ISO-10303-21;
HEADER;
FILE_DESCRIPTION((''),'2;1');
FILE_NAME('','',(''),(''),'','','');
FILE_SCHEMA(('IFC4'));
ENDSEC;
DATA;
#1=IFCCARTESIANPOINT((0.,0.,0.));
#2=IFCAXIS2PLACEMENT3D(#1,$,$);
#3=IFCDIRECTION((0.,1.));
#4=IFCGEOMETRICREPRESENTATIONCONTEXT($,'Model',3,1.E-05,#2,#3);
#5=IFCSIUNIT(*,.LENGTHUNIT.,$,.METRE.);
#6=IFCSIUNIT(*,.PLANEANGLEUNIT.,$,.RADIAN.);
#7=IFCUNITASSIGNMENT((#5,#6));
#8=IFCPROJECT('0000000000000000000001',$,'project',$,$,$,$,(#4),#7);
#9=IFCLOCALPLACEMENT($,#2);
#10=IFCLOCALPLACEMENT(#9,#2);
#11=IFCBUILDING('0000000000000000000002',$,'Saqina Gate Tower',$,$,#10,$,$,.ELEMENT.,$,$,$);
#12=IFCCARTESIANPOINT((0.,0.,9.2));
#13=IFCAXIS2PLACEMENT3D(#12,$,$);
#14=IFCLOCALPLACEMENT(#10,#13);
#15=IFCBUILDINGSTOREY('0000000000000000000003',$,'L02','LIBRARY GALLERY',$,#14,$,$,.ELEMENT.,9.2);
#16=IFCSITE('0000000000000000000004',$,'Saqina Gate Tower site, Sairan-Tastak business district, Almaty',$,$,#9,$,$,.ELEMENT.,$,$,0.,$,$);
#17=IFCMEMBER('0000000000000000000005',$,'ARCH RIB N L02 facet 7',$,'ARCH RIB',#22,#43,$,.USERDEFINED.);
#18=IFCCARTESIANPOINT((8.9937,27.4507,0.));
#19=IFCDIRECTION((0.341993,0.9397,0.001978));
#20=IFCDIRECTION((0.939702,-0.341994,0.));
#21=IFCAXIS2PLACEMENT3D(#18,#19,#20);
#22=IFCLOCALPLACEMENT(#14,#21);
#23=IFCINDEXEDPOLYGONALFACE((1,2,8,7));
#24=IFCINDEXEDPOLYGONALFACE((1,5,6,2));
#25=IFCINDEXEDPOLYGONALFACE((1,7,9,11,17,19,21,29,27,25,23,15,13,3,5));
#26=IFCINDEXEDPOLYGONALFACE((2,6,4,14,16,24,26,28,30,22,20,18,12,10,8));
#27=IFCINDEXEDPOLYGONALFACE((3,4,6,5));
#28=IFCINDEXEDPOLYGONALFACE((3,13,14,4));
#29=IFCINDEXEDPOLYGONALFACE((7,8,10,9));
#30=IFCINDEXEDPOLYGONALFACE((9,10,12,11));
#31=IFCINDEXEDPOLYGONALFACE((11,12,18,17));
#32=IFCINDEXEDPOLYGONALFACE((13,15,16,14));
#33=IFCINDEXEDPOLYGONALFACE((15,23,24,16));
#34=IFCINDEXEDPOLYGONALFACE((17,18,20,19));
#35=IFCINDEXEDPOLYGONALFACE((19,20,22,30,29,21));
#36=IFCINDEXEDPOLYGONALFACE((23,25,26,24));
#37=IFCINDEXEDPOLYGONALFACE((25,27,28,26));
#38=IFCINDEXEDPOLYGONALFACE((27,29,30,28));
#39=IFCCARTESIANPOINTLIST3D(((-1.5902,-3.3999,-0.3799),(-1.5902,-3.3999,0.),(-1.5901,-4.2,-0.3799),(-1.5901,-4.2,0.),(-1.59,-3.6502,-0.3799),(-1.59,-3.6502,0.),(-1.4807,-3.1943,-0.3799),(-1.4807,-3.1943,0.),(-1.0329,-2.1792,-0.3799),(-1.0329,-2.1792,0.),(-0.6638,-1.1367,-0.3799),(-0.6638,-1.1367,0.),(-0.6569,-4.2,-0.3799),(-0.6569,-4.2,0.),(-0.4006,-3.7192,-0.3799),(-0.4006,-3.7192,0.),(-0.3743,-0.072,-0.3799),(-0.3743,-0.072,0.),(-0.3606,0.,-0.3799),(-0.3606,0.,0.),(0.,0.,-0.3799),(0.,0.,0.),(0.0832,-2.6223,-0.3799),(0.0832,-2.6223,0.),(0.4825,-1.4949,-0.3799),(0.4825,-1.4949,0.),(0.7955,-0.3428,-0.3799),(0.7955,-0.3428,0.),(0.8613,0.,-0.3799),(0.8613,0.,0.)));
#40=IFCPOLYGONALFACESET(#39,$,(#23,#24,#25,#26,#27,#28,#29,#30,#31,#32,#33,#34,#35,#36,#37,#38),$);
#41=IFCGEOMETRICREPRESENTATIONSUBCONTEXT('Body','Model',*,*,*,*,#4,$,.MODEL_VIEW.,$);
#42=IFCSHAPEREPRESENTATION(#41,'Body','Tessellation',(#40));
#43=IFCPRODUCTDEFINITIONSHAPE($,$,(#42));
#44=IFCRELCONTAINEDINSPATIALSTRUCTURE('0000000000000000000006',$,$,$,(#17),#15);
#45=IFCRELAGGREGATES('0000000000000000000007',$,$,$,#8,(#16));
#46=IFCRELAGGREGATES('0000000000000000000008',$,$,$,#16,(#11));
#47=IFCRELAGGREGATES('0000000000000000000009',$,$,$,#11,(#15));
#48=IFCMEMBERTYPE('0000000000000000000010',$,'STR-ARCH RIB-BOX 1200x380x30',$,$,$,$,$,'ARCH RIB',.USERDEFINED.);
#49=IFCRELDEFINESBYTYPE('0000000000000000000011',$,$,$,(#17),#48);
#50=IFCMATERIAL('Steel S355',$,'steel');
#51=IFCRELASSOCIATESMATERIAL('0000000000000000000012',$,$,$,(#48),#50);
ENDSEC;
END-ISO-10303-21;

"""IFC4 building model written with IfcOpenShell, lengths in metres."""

from ifc_helpers import new_model, si_unit, direction, frame, origin, origin_2d, place, context, subcontext, project, spatial, polyline, hollow_rectangle, outline, extrude, material, material_profile, profile_set, type_object, element, save


model = new_model("IFC4")

# Units and contexts
model_context = context("Model", 3, precision=1e-05, world=origin(), true_north=direction((0.0, 1.0)))
body_context = subcontext(model_context, "Body", "Model", "MODEL_VIEW")
ifc_project = project(units=[si_unit("LENGTHUNIT", "METRE"), si_unit("PLANEANGLEUNIT", "RADIAN")], contexts=[model_context])

# Site, building, storey
site_placement = place(None, origin())
site = spatial("IfcSite", under=ifc_project, at=site_placement, Name="Saqina Gate Tower site, Sairan-Tastak business district, Almaty", CompositionType="ELEMENT", RefElevation=0.0)
building_placement = place(site_placement, origin())
building = spatial("IfcBuilding", under=site, at=building_placement, Name="Saqina Gate Tower", CompositionType="ELEMENT")
storey_placement = place(building_placement, frame((0.0, 0.0, 9.2)))
storey = spatial("IfcBuildingStorey", under=building, at=storey_placement, Name="L02", Description="LIBRARY GALLERY", CompositionType="ELEMENT", Elevation=9.2)

# Member
ifc_material_1 = material(Name="Steel S355", Category="steel")
ifc_material_profile_1 = material_profile(ifc_material_1, hollow_rectangle(XDim=1.2, YDim=0.3799, WallThickness=0.03, at=origin_2d()), Name="BOX 1200x380x30")
ifc_profile_set_1 = profile_set([ifc_material_profile_1], Name="Steel S355")
member_type_1 = type_object("IfcMemberType", Name="STR-ARCH RIB-BOX 1200x380x30", ElementType="ARCH RIB", PredefinedType="USERDEFINED", material=ifc_profile_set_1)
member_1_placement = place(storey_placement, frame((8.9937, 27.4507, 0.0), z_axis=(0.341993, 0.9397, 0.001978), x_axis=(0.939702, -0.341994, 0.0)))
element("IfcMember", 1, at=member_1_placement, inside=storey, type_object=member_type_1, Name="ARCH RIB N L02 facet 7", ObjectType="ARCH RIB", PredefinedType="USERDEFINED", context=body_context, shape_type="SweptSolid", body=[
    extrude(outline(polyline([(0.0, 0.0), (0.8613, 0.0), (0.7955, -0.3428), (0.4825, -1.4949), (0.0832, -2.6223), (-0.4006, -3.7192), (-0.6569, -4.2), (-1.5901, -4.2), (-1.59, -3.6502), (-1.5902, -3.3999), (-1.4807, -3.1943), (-1.0329, -2.1792), (-0.6638, -1.1367), (-0.3743, -0.072), (-0.3606, 0.0), (0.0, 0.0)])), origin(), (0.0, 0.0, -1.0), 0.3799),
])

save(model, "model.ifc")
